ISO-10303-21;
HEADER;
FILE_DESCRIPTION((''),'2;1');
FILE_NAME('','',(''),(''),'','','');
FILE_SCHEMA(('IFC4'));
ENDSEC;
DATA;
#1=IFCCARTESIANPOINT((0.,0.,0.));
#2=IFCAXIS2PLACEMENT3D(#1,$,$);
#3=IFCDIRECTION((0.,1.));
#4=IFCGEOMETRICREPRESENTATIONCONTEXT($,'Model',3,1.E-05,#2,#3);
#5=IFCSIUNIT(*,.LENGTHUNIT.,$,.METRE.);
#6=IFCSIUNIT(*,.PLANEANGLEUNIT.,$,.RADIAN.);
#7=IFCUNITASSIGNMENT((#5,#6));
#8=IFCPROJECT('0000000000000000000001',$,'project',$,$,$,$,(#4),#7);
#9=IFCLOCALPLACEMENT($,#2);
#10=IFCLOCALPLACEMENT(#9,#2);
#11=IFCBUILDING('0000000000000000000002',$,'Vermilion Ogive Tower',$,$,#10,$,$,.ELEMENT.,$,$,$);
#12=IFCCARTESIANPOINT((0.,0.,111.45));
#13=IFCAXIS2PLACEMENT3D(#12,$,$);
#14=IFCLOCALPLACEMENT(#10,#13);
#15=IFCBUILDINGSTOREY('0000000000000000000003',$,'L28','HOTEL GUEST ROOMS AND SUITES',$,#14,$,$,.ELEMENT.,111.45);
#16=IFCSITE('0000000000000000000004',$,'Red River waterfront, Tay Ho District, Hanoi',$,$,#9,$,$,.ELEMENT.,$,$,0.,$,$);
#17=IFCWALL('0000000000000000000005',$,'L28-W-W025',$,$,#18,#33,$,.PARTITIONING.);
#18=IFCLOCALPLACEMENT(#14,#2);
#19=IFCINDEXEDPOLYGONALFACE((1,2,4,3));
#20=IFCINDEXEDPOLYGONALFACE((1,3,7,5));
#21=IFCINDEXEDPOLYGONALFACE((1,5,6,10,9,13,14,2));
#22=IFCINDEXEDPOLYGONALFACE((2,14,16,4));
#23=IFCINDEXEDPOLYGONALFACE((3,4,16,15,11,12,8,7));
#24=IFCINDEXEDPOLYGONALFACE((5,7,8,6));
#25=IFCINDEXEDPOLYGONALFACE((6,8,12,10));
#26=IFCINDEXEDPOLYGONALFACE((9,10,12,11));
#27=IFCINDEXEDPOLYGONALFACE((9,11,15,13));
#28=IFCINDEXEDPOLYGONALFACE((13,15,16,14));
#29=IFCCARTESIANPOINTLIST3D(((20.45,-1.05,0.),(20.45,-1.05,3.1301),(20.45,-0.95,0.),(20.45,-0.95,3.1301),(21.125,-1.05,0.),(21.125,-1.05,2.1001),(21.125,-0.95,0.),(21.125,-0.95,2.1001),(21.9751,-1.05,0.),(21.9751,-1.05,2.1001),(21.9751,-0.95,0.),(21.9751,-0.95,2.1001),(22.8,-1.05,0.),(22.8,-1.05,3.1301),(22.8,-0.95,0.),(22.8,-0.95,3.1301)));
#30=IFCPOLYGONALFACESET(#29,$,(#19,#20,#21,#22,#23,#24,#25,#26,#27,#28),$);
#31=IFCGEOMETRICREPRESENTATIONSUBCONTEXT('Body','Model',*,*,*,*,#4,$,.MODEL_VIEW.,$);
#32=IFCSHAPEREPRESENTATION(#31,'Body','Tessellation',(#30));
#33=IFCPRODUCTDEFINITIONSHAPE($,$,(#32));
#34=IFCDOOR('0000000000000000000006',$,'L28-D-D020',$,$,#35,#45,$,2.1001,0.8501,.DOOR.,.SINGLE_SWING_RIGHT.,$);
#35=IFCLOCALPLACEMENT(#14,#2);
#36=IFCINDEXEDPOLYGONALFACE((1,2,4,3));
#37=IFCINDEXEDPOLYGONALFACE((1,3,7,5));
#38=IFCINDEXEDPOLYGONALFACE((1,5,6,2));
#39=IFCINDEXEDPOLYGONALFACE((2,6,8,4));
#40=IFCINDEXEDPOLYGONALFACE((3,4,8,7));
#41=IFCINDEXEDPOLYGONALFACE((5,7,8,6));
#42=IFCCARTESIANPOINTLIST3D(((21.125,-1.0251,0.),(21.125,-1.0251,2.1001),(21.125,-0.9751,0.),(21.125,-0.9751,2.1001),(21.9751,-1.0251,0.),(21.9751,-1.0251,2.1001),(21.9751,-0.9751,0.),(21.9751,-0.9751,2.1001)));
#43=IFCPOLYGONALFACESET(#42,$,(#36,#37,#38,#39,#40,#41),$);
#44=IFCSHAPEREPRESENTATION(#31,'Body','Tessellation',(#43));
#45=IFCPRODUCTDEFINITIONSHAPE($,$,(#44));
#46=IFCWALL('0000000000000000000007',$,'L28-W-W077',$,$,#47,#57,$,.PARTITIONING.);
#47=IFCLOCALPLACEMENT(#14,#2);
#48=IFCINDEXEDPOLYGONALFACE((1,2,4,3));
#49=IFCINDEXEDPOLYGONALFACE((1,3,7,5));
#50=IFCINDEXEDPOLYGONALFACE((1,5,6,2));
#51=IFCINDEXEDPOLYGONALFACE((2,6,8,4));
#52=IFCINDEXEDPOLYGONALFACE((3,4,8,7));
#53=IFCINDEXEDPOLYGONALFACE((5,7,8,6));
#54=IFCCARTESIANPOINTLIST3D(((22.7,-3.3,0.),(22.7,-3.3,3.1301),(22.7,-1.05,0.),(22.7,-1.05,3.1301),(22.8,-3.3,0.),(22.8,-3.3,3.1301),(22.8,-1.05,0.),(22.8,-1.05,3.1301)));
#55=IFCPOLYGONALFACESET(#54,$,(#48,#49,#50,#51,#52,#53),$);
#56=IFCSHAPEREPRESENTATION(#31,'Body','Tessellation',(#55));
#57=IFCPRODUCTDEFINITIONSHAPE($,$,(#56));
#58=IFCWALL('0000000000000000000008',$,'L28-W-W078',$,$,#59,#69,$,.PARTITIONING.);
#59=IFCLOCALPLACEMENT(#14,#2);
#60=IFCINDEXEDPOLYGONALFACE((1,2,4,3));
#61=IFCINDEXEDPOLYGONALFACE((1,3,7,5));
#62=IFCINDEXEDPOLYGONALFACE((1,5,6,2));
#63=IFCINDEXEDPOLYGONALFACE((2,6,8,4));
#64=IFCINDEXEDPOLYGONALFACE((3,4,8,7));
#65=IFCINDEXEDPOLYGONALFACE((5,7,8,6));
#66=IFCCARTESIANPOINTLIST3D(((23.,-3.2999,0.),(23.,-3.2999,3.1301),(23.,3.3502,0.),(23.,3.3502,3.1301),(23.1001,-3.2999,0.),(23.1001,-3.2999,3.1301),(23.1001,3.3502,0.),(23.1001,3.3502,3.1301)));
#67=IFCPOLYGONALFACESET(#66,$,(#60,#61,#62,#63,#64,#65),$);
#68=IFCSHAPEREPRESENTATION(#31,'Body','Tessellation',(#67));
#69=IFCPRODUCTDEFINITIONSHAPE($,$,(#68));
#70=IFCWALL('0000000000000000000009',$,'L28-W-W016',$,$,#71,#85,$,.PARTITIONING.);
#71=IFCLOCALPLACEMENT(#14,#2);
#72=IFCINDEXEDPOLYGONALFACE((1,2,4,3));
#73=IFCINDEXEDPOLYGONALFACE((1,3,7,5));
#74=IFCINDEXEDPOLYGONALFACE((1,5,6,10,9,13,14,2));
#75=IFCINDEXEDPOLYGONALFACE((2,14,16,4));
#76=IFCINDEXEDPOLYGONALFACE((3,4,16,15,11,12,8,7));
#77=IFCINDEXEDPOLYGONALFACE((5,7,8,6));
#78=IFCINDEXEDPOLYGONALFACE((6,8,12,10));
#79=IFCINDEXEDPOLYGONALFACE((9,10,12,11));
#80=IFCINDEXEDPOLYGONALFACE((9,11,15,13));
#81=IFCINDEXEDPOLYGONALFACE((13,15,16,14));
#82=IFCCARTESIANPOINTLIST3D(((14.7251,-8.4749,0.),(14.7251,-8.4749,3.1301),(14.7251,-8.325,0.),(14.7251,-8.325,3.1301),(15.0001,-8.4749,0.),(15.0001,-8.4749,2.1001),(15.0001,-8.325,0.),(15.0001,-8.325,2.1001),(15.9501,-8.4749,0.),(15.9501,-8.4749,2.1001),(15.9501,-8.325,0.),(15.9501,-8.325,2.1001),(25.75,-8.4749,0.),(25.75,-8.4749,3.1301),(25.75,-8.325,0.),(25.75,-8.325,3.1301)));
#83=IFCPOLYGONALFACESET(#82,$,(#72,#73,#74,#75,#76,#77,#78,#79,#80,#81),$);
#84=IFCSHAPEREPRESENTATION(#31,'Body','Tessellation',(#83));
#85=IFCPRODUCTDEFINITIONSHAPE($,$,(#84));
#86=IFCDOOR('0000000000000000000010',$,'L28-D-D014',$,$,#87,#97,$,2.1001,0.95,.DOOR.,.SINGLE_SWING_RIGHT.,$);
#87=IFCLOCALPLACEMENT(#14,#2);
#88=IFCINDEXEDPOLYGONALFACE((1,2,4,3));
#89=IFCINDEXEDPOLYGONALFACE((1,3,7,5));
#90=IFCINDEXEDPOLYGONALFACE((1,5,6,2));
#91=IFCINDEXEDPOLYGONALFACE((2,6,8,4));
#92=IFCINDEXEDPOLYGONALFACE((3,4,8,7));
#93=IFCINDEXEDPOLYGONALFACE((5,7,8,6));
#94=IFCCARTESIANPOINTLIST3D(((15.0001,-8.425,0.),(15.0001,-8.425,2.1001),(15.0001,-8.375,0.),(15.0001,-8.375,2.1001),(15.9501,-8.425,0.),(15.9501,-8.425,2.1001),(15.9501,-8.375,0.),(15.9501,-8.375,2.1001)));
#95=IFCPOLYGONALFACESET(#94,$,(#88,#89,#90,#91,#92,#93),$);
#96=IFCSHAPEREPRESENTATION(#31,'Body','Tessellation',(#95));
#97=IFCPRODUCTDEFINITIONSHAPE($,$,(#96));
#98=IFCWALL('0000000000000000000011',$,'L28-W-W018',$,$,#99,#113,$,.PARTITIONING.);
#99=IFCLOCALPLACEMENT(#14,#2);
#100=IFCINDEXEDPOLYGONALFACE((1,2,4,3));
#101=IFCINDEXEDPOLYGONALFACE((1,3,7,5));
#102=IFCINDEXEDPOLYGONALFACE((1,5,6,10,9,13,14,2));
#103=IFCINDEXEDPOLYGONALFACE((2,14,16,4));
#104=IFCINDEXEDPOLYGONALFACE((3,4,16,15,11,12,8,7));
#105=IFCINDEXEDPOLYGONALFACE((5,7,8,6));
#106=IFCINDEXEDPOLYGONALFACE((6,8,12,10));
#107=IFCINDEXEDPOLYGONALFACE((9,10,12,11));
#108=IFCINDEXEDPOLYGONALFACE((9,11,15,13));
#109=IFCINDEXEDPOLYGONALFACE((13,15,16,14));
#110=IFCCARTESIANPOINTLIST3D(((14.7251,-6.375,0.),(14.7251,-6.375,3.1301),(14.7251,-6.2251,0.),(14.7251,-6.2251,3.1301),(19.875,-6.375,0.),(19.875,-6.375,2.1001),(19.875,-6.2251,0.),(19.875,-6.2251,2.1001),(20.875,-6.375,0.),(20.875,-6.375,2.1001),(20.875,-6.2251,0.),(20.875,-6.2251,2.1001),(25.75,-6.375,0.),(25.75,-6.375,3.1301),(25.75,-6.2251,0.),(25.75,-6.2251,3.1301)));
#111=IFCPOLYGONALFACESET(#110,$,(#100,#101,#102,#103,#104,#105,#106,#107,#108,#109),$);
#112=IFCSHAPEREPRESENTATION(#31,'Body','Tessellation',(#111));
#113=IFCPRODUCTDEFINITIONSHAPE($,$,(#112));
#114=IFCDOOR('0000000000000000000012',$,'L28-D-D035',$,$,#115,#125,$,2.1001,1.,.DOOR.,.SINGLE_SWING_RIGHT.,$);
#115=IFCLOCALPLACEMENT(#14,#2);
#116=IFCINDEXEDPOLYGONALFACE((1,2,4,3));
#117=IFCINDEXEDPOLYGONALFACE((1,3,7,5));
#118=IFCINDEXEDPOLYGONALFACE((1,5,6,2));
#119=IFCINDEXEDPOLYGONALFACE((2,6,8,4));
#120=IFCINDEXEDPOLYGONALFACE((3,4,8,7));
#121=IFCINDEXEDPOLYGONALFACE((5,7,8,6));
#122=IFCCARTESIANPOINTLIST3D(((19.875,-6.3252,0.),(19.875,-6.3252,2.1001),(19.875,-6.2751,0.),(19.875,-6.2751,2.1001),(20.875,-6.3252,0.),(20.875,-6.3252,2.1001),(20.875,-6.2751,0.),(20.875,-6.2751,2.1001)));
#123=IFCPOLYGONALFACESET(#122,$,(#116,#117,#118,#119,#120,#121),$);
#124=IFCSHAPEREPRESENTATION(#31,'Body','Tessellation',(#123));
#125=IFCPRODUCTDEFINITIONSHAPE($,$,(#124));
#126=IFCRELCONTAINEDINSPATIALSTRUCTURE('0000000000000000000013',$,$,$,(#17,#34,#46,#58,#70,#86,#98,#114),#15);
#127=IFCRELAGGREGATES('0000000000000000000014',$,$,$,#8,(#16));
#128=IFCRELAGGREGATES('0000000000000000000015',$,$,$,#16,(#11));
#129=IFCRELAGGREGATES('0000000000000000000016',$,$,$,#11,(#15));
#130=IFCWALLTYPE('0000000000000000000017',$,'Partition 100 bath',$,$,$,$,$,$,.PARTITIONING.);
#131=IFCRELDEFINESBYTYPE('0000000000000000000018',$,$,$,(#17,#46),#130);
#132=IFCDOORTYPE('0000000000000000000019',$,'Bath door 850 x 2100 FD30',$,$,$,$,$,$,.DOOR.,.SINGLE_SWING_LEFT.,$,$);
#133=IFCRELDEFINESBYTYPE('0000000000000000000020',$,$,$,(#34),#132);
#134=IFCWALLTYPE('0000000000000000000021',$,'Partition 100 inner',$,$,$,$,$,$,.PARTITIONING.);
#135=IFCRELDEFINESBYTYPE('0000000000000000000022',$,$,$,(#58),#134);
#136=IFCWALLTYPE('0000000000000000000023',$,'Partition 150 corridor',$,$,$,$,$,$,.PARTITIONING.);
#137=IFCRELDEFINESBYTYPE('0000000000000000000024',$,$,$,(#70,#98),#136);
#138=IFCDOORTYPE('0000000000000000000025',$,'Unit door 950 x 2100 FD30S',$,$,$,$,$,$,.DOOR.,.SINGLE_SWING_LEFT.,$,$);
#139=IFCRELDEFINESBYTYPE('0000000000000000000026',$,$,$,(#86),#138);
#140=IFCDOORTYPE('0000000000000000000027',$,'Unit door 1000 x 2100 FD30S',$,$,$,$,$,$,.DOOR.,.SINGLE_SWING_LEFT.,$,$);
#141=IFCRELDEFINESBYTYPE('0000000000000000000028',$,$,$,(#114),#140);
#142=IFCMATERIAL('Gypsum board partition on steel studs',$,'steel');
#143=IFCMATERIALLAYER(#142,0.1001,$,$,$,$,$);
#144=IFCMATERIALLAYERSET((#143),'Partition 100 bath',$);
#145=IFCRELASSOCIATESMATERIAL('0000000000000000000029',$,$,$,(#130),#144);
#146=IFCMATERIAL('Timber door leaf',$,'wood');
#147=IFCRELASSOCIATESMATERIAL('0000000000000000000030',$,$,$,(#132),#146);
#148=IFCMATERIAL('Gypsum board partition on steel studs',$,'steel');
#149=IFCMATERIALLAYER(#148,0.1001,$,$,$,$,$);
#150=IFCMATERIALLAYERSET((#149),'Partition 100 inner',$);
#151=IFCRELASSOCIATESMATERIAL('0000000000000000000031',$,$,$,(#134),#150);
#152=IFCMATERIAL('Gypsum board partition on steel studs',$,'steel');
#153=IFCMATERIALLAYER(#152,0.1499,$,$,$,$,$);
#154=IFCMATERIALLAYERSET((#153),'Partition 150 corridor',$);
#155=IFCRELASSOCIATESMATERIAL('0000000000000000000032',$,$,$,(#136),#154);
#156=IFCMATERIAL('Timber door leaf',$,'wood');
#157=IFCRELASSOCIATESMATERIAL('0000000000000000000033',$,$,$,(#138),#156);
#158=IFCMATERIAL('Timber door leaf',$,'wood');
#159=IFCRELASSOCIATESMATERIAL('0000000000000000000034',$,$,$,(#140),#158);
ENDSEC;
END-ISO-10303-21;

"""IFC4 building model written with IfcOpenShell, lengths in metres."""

from ifc_helpers import new_model, si_unit, direction, frame, frame_2d, origin, place, context, subcontext, project, spatial, rectangle, extrude, material, layer, layer_set, type_object, element, fill, save


model = new_model("IFC4")

# Units and contexts
model_context = context("Model", 3, precision=1e-05, world=origin(), true_north=direction((0.0, 1.0)))
body_context = subcontext(model_context, "Body", "Model", "MODEL_VIEW")
ifc_project = project(units=[si_unit("LENGTHUNIT", "METRE"), si_unit("PLANEANGLEUNIT", "RADIAN")], contexts=[model_context])

# Site, building, storey
site_placement = place(None, origin())
site = spatial("IfcSite", under=ifc_project, at=site_placement, Name="Red River waterfront, Tay Ho District, Hanoi", CompositionType="ELEMENT", RefElevation=0.0)
building_placement = place(site_placement, origin())
building = spatial("IfcBuilding", under=site, at=building_placement, Name="Vermilion Ogive Tower", CompositionType="ELEMENT")
storey_placement = place(building_placement, frame((0.0, 0.0, 111.45)))
storey = spatial("IfcBuildingStorey", under=building, at=storey_placement, Name="L28", Description="HOTEL GUEST ROOMS AND SUITES", CompositionType="ELEMENT", Elevation=111.45)

# Shared definitions
ifc_material_1 = material(Name="Gypsum board partition on steel studs", Category="steel")
ifc_layer_1 = layer(ifc_material_1, 0.1001)
ifc_layer_set_1 = layer_set([ifc_layer_1], Name="Partition 100 bath")
wall_type_1 = type_object("IfcWallType", Name="Partition 100 bath", PredefinedType="PARTITIONING", material=ifc_layer_set_1)

# Wall, opening, door
wall_1_placement = place(storey_placement, frame((20.45, -1.0, 0.0), z_axis=(0.0, 0.0, 1.0), x_axis=(1.0, 0.0, 0.0)))
wall_1 = element("IfcWall", 1, at=wall_1_placement, inside=storey, type_object=wall_type_1, Name="L28-W-W025", PredefinedType="PARTITIONING", context=body_context, shape_type="SweptSolid", body=[
    extrude(rectangle(XDim=2.3501, YDim=0.1001, at=frame_2d((1.175, 0.0))), origin(), (0.0, 0.0, 1.0), 3.1301),
])
opening_1_placement = place(wall_1_placement, frame((0.675, 0.0, 0.0)))
opening_1 = element("IfcOpeningElement", 2, at=opening_1_placement, cuts=wall_1, PredefinedType="OPENING", context=body_context, shape_type="SweptSolid", body=[
    extrude(rectangle(XDim=0.8501, YDim=2.1001, at=frame_2d((0.425, 1.05))), frame((0.0, 0.0601, 0.0), z_axis=(0.0, -1.0, 0.0), x_axis=(1.0, 0.0, 0.0)), (0.0, 0.0, 1.0), 0.1201),
])
ifc_material_2 = material(Name="Timber door leaf", Category="wood")
door_type_1 = type_object("IfcDoorType", Name="Bath door 850 x 2100 FD30", OperationType="SINGLE_SWING_LEFT", PredefinedType="DOOR", material=ifc_material_2)
door_1_placement = place(opening_1_placement, origin())
door_1 = element("IfcDoor", 3, at=door_1_placement, inside=storey, type_object=door_type_1, Name="L28-D-D020", OperationType="SINGLE_SWING_RIGHT", OverallHeight=2.1001, OverallWidth=0.8501, PredefinedType="DOOR", context=body_context, shape_type="SweptSolid", body=[
    extrude(rectangle(XDim=0.8501, YDim=2.1001, at=frame_2d((0.425, 1.05))), frame((0.0, 0.0249, 0.0), z_axis=(0.0, -1.0, 0.0), x_axis=(1.0, 0.0, 0.0)), (0.0, 0.0, 1.0), 0.05),
])
fill(opening_1, door_1)

# Walls
wall_2_placement = place(storey_placement, frame((22.75, -3.3, 0.0), z_axis=(0.0, 0.0, 1.0), x_axis=(0.0, 1.0, 0.0)))
element("IfcWall", 4, at=wall_2_placement, inside=storey, type_object=wall_type_1, Name="L28-W-W077", PredefinedType="PARTITIONING", context=body_context, shape_type="SweptSolid", body=[
    extrude(rectangle(XDim=2.25, YDim=0.1001, at=frame_2d((1.125, 0.0))), origin(), (0.0, 0.0, 1.0), 3.1301),
])
ifc_material_3 = material(Name="Gypsum board partition on steel studs", Category="steel")
ifc_layer_2 = layer(ifc_material_3, 0.1001)
ifc_layer_set_2 = layer_set([ifc_layer_2], Name="Partition 100 inner")
wall_type_2 = type_object("IfcWallType", Name="Partition 100 inner", PredefinedType="PARTITIONING", material=ifc_layer_set_2)
wall_3_placement = place(storey_placement, frame((23.05, -3.3, 0.0), z_axis=(0.0, 0.0, 1.0), x_axis=(0.0, 1.0, 0.0)))
element("IfcWall", 5, at=wall_3_placement, inside=storey, type_object=wall_type_2, Name="L28-W-W078", PredefinedType="PARTITIONING", context=body_context, shape_type="SweptSolid", body=[
    extrude(rectangle(XDim=6.6501, YDim=0.1001, at=frame_2d((3.3252, 0.0))), origin(), (0.0, 0.0, 1.0), 3.1301),
])

# Walls, openings, doors
ifc_material_4 = material(Name="Gypsum board partition on steel studs", Category="steel")
ifc_layer_3 = layer(ifc_material_4, 0.1499)
ifc_layer_set_3 = layer_set([ifc_layer_3], Name="Partition 150 corridor")
wall_type_3 = type_object("IfcWallType", Name="Partition 150 corridor", PredefinedType="PARTITIONING", material=ifc_layer_set_3)
wall_4_placement = place(storey_placement, frame((14.7251, -8.3999, 0.0), z_axis=(0.0, 0.0, 1.0), x_axis=(1.0, 0.0, 0.0)))
wall_4 = element("IfcWall", 6, at=wall_4_placement, inside=storey, type_object=wall_type_3, Name="L28-W-W016", PredefinedType="PARTITIONING", context=body_context, shape_type="SweptSolid", body=[
    extrude(rectangle(XDim=11.0249, YDim=0.1499, at=frame_2d((5.5125, 0.0))), origin(), (0.0, 0.0, 1.0), 3.1301),
])
opening_2_placement = place(wall_4_placement, frame((0.2749, 0.0, 0.0)))
opening_2 = element("IfcOpeningElement", 7, at=opening_2_placement, cuts=wall_4, PredefinedType="OPENING", context=body_context, shape_type="SweptSolid", body=[
    extrude(rectangle(XDim=0.95, YDim=2.1001, at=frame_2d((0.4751, 1.05))), frame((0.0, 0.085, 0.0), z_axis=(0.0, -1.0, 0.0), x_axis=(1.0, 0.0, 0.0)), (0.0, 0.0, 1.0), 0.1699),
])
ifc_material_5 = material(Name="Timber door leaf", Category="wood")
door_type_2 = type_object("IfcDoorType", Name="Unit door 950 x 2100 FD30S", OperationType="SINGLE_SWING_LEFT", PredefinedType="DOOR", material=ifc_material_5)
door_2_placement = place(opening_2_placement, origin())
door_2 = element("IfcDoor", 8, at=door_2_placement, inside=storey, type_object=door_type_2, Name="L28-D-D014", OperationType="SINGLE_SWING_RIGHT", OverallHeight=2.1001, OverallWidth=0.95, PredefinedType="DOOR", context=body_context, shape_type="SweptSolid", body=[
    extrude(rectangle(XDim=0.95, YDim=2.1001, at=frame_2d((0.4751, 1.05))), frame((0.0, 0.0249, 0.0), z_axis=(0.0, -1.0, 0.0), x_axis=(1.0, 0.0, 0.0)), (0.0, 0.0, 1.0), 0.05),
])
fill(opening_2, door_2)
wall_5_placement = place(storey_placement, frame((14.7251, -6.3, 0.0), z_axis=(0.0, 0.0, 1.0), x_axis=(1.0, 0.0, 0.0)))
wall_5 = element("IfcWall", 9, at=wall_5_placement, inside=storey, type_object=wall_type_3, Name="L28-W-W018", PredefinedType="PARTITIONING", context=body_context, shape_type="SweptSolid", body=[
    extrude(rectangle(XDim=11.0249, YDim=0.1499, at=frame_2d((5.5125, 0.0))), origin(), (0.0, 0.0, 1.0), 3.1301),
])
opening_3_placement = place(wall_5_placement, frame((5.1499, 0.0, 0.0)))
opening_3 = element("IfcOpeningElement", 10, at=opening_3_placement, cuts=wall_5, PredefinedType="OPENING", context=body_context, shape_type="SweptSolid", body=[
    extrude(rectangle(XDim=1.0, YDim=2.1001, at=frame_2d((0.5, 1.05))), frame((0.0, 0.085, 0.0), z_axis=(0.0, -1.0, 0.0), x_axis=(1.0, 0.0, 0.0)), (0.0, 0.0, 1.0), 0.1699),
])
ifc_material_6 = material(Name="Timber door leaf", Category="wood")
door_type_3 = type_object("IfcDoorType", Name="Unit door 1000 x 2100 FD30S", OperationType="SINGLE_SWING_LEFT", PredefinedType="DOOR", material=ifc_material_6)
door_3_placement = place(opening_3_placement, origin())
door_3 = element("IfcDoor", 11, at=door_3_placement, inside=storey, type_object=door_type_3, Name="L28-D-D035", OperationType="SINGLE_SWING_RIGHT", OverallHeight=2.1001, OverallWidth=1.0, PredefinedType="DOOR", context=body_context, shape_type="SweptSolid", body=[
    extrude(rectangle(XDim=1.0, YDim=2.1001, at=frame_2d((0.5, 1.05))), frame((0.0, 0.0249, 0.0), z_axis=(0.0, -1.0, 0.0), x_axis=(1.0, 0.0, 0.0)), (0.0, 0.0, 1.0), 0.05),
])
fill(opening_3, door_3)

save(model, "model.ifc")
